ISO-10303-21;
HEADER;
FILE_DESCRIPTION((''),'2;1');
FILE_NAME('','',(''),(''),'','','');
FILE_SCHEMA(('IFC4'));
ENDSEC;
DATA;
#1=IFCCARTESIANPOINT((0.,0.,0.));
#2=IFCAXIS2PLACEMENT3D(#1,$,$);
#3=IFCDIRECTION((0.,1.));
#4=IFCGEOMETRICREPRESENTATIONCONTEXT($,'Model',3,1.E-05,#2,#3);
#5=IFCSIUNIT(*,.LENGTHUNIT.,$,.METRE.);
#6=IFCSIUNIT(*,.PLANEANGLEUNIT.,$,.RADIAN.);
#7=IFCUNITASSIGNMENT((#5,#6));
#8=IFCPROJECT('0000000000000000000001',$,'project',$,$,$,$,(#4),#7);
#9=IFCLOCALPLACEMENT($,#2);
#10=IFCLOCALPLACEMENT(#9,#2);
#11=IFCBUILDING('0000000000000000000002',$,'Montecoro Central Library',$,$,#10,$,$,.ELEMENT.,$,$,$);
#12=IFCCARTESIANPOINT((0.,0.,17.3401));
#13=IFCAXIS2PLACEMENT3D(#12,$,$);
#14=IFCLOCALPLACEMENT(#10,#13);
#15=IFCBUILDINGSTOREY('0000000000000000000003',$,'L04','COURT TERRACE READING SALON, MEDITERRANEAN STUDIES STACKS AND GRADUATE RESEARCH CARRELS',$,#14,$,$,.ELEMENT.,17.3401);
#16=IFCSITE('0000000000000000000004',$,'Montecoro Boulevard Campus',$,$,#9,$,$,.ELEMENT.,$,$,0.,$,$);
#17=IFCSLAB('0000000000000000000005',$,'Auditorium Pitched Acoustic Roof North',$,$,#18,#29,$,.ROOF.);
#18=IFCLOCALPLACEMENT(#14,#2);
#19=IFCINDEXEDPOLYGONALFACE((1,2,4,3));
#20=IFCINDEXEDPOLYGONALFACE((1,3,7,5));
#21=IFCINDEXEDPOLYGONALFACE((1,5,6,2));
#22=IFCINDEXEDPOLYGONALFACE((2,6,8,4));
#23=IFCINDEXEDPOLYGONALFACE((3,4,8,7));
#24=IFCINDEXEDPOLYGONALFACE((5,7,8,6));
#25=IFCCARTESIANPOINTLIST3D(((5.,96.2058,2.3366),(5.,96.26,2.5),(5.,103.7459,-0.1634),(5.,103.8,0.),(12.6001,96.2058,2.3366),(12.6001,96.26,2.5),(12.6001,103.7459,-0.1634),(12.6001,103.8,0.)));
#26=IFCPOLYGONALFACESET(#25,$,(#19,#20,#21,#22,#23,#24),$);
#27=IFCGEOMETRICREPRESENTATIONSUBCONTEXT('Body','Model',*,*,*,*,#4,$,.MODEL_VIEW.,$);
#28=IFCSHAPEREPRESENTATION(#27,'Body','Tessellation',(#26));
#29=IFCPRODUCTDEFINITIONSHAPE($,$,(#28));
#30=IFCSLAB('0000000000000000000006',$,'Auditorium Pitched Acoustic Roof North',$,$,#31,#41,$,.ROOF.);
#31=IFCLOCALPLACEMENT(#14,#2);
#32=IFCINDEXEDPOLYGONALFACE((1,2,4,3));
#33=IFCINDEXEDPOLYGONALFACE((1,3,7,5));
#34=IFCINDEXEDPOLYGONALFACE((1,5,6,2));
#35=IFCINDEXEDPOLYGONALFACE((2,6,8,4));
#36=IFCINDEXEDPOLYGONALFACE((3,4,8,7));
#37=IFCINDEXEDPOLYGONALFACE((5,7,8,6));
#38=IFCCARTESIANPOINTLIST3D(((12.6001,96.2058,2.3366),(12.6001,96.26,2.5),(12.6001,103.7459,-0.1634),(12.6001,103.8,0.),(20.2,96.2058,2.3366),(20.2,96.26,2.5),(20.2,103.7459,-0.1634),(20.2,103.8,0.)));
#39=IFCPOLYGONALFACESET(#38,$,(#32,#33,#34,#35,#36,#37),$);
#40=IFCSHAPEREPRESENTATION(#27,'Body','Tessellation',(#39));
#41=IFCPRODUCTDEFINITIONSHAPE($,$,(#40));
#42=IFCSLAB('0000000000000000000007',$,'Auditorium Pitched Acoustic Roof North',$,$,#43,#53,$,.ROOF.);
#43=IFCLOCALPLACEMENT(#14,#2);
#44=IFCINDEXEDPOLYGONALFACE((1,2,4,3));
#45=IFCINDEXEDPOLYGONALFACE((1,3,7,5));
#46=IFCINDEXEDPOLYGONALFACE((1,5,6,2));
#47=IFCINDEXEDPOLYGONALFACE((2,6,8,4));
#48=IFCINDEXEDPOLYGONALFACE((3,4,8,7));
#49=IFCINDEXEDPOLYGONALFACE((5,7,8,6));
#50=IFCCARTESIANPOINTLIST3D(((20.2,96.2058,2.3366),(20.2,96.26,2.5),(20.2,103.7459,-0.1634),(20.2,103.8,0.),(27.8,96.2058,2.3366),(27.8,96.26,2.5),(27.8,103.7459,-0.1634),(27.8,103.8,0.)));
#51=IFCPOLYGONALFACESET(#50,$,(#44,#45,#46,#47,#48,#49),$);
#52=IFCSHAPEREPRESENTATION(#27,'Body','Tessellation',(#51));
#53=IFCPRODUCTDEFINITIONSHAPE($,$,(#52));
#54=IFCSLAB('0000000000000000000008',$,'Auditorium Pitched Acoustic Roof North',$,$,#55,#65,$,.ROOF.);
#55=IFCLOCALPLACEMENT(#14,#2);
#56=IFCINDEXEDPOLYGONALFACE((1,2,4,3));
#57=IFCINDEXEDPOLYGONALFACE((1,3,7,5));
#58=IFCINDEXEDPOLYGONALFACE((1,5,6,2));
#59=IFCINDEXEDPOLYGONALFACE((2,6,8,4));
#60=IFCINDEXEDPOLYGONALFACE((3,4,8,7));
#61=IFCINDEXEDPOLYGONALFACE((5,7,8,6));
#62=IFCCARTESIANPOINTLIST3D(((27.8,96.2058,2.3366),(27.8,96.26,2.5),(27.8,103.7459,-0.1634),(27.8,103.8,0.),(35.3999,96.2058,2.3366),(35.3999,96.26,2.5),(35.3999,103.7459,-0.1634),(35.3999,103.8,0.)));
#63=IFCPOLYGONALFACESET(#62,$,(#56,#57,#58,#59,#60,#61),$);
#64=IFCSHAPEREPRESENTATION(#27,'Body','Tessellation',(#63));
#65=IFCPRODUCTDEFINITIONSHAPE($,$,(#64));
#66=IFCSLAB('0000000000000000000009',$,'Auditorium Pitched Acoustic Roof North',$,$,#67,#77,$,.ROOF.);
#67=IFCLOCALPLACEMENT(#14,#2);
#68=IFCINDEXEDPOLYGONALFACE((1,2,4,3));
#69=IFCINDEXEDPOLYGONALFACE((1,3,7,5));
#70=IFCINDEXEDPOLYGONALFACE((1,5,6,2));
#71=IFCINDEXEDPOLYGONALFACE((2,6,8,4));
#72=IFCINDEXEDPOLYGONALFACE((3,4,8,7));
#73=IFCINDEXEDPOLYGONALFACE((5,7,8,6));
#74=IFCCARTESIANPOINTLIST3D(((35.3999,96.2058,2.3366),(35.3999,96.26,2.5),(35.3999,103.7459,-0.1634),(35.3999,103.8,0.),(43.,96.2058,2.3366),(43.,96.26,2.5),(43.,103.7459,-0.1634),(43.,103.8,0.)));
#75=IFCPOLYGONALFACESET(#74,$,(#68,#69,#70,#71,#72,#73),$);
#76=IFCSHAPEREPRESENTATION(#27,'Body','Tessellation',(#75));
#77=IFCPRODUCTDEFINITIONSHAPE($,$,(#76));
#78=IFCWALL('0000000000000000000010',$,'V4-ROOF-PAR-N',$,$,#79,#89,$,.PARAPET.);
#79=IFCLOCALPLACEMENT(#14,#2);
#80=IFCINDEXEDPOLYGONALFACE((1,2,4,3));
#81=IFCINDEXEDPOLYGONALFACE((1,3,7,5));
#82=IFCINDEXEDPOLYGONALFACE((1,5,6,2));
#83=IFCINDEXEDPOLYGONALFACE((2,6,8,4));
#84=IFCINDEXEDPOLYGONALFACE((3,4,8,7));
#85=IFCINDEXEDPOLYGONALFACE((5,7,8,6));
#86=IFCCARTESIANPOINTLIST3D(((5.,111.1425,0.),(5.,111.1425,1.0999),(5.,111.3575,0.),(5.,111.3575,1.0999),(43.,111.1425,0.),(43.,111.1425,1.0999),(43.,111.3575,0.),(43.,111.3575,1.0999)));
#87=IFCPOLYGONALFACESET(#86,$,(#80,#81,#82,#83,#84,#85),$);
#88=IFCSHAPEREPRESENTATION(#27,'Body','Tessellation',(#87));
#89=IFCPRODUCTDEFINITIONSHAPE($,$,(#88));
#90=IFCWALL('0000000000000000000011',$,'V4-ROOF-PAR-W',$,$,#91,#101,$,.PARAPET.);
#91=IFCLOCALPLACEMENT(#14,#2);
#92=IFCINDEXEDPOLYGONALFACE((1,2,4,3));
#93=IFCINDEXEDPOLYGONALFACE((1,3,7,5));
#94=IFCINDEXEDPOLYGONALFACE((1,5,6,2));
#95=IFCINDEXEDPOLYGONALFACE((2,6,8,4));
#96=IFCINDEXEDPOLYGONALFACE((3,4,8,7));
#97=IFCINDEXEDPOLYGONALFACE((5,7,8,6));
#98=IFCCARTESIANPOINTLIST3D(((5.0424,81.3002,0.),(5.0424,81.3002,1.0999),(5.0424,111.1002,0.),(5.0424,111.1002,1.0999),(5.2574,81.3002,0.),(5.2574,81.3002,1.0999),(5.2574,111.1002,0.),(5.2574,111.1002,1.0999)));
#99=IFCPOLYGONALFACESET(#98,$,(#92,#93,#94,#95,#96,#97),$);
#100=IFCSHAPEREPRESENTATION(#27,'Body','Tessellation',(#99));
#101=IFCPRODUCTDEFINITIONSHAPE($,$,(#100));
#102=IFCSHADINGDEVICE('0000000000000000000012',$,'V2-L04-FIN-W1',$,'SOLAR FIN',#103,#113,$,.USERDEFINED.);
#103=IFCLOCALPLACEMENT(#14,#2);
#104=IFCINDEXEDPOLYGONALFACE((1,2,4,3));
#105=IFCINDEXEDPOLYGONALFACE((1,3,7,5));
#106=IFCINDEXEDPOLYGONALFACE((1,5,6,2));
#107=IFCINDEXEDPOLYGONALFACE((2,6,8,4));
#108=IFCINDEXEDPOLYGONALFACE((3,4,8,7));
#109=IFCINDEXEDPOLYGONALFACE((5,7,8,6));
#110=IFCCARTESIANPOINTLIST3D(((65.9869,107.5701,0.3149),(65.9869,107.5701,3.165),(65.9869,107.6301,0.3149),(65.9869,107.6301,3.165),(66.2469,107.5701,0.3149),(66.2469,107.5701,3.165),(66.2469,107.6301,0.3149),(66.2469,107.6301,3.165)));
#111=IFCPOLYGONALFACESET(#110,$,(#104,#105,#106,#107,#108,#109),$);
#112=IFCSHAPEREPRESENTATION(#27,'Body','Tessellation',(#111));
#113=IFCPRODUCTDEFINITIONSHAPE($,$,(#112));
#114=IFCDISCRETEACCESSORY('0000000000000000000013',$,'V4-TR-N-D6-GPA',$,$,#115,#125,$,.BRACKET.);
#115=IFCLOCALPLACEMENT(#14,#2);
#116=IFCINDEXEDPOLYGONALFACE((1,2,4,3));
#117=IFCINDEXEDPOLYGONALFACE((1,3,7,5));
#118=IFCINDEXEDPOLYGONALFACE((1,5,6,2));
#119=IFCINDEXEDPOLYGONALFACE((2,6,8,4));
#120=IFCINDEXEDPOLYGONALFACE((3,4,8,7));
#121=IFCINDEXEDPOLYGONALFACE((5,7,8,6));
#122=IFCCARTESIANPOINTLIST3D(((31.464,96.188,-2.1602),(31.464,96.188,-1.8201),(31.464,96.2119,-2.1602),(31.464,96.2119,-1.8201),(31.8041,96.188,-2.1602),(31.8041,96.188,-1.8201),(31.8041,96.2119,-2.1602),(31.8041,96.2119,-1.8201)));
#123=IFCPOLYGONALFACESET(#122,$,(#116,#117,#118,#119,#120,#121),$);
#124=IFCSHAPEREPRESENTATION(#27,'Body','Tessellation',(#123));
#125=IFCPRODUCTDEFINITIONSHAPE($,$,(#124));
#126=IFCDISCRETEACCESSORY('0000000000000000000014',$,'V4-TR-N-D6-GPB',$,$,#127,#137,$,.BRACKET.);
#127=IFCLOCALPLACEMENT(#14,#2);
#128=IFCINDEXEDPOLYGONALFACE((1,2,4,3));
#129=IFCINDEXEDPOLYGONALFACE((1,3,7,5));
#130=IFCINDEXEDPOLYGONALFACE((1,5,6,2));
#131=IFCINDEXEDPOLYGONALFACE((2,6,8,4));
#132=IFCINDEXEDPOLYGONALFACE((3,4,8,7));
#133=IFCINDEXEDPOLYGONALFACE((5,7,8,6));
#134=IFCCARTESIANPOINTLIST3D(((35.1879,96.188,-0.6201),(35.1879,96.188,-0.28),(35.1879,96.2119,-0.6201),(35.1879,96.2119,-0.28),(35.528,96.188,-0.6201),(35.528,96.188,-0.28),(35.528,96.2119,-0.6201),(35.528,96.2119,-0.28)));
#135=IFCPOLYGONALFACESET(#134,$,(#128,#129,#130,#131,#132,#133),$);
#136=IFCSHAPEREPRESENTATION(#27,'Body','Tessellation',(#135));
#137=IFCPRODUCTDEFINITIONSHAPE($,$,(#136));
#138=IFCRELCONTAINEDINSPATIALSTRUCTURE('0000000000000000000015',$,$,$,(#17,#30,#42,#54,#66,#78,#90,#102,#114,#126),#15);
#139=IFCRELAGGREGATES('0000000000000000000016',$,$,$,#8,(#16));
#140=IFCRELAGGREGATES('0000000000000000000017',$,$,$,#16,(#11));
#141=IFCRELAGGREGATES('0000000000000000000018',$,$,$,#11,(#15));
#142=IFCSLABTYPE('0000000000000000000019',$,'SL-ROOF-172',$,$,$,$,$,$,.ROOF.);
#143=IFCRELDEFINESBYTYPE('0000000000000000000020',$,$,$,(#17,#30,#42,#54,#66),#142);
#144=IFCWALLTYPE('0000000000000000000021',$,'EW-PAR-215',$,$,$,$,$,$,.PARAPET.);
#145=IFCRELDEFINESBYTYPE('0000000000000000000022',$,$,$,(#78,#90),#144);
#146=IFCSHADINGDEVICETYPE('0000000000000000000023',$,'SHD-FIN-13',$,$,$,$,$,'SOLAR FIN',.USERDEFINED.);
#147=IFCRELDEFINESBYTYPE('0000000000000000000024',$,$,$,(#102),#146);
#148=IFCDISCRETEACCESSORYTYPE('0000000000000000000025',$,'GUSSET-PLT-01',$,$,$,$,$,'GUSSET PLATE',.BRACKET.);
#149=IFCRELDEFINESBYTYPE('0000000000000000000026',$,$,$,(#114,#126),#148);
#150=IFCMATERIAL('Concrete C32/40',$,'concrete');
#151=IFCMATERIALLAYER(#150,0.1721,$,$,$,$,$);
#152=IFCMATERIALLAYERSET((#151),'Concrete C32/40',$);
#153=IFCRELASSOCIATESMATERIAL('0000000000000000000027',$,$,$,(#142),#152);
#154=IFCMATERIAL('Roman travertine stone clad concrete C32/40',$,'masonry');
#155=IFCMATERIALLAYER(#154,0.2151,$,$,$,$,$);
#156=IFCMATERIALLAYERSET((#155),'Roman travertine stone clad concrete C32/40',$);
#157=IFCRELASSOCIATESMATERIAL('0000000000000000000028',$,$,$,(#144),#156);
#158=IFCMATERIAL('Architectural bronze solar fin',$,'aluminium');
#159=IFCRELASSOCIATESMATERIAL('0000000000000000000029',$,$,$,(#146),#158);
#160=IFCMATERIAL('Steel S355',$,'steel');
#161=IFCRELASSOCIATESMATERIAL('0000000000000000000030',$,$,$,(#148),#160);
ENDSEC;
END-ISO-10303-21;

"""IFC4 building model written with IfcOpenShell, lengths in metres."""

from ifc_helpers import new_model, si_unit, direction, frame, frame_2d, origin, origin_2d, place, context, subcontext, project, spatial, polyline, rectangle, outline, extrude, material, layer, layer_set, type_object, element, save


model = new_model("IFC4")

# Units and contexts
model_context = context("Model", 3, precision=1e-05, world=origin(), true_north=direction((0.0, 1.0)))
body_context = subcontext(model_context, "Body", "Model", "MODEL_VIEW")
ifc_project = project(units=[si_unit("LENGTHUNIT", "METRE"), si_unit("PLANEANGLEUNIT", "RADIAN")], contexts=[model_context])

# Site, building, storey
site_placement = place(None, origin())
site = spatial("IfcSite", under=ifc_project, at=site_placement, Name="Montecoro Boulevard Campus", CompositionType="ELEMENT", RefElevation=0.0)
building_placement = place(site_placement, origin())
building = spatial("IfcBuilding", under=site, at=building_placement, Name="Montecoro Central Library", CompositionType="ELEMENT")
storey_placement = place(building_placement, frame((0.0, 0.0, 17.3401)))
storey = spatial("IfcBuildingStorey", under=building, at=storey_placement, Name="L04", Description="COURT TERRACE READING SALON, MEDITERRANEAN STUDIES STACKS AND GRADUATE RESEARCH CARRELS", CompositionType="ELEMENT", Elevation=17.3401)

# Shared definitions
ifc_material_1 = material(Name="Steel S355", Category="steel")

# Slabs
ifc_material_2 = material(Name="Concrete C32/40", Category="concrete")
ifc_layer_1 = layer(ifc_material_2, 0.1721)
ifc_layer_set_1 = layer_set([ifc_layer_1], Name="Concrete C32/40")
slab_type = type_object("IfcSlabType", Name="SL-ROOF-172", PredefinedType="ROOF", material=ifc_layer_set_1)
slab_1_placement = place(storey_placement, frame((12.6001, 103.8, 0.0), z_axis=(0.0, 0.314715, 0.949186), x_axis=(-1.0, 0.0, 0.0)))
element("IfcSlab", 1, at=slab_1_placement, inside=storey, type_object=slab_type, Name="Auditorium Pitched Acoustic Roof North", PredefinedType="ROOF", context=body_context, shape_type="SweptSolid", body=[
    extrude(outline(polyline([(0.0, 0.0), (7.6001, 0.0), (7.6001, 7.9437), (0.0, 7.9437), (0.0, 0.0)])), origin(), (0.0, 0.0, -1.0), 0.1721),
])
slab_2_placement = place(storey_placement, frame((20.2, 103.8, 0.0), z_axis=(0.0, 0.314715, 0.949186), x_axis=(-1.0, 0.0, 0.0)))
element("IfcSlab", 2, at=slab_2_placement, inside=storey, type_object=slab_type, Name="Auditorium Pitched Acoustic Roof North", PredefinedType="ROOF", context=body_context, shape_type="SweptSolid", body=[
    extrude(outline(polyline([(0.0, 0.0), (7.5999, 0.0), (7.5999, 7.9437), (0.0, 7.9437), (0.0, 0.0)])), origin(), (0.0, 0.0, -1.0), 0.1721),
])
slab_3_placement = place(storey_placement, frame((27.8, 103.8, 0.0), z_axis=(0.0, 0.314715, 0.949186), x_axis=(-1.0, 0.0, 0.0)))
element("IfcSlab", 3, at=slab_3_placement, inside=storey, type_object=slab_type, Name="Auditorium Pitched Acoustic Roof North", PredefinedType="ROOF", context=body_context, shape_type="SweptSolid", body=[
    extrude(outline(polyline([(0.0, 0.0), (7.6001, 0.0), (7.6001, 7.9437), (0.0, 7.9437), (0.0, 0.0)])), origin(), (0.0, 0.0, -1.0), 0.1721),
])
slab_4_placement = place(storey_placement, frame((35.3999, 103.8, 0.0), z_axis=(0.0, 0.314715, 0.949186), x_axis=(-1.0, 0.0, 0.0)))
element("IfcSlab", 4, at=slab_4_placement, inside=storey, type_object=slab_type, Name="Auditorium Pitched Acoustic Roof North", PredefinedType="ROOF", context=body_context, shape_type="SweptSolid", body=[
    extrude(outline(polyline([(0.0, 0.0), (7.5999, 0.0), (7.5999, 7.9437), (0.0, 7.9437), (0.0, 0.0)])), origin(), (0.0, 0.0, -1.0), 0.1721),
])
slab_5_placement = place(storey_placement, frame((43.0, 103.8, 0.0), z_axis=(0.0, 0.314715, 0.949186), x_axis=(-1.0, 0.0, 0.0)))
element("IfcSlab", 5, at=slab_5_placement, inside=storey, type_object=slab_type, Name="Auditorium Pitched Acoustic Roof North", PredefinedType="ROOF", context=body_context, shape_type="SweptSolid", body=[
    extrude(outline(polyline([(0.0, 0.0), (7.6001, 0.0), (7.6001, 7.9437), (0.0, 7.9437), (0.0, 0.0)])), origin(), (0.0, 0.0, -1.0), 0.1721),
])

# Walls
ifc_material_3 = material(Name="Roman travertine stone clad concrete C32/40", Category="masonry")
ifc_layer_2 = layer(ifc_material_3, 0.2151)
ifc_layer_set_2 = layer_set([ifc_layer_2], Name="Roman travertine stone clad concrete C32/40")
wall_type = type_object("IfcWallType", Name="EW-PAR-215", PredefinedType="PARAPET", material=ifc_layer_set_2)
wall_1_placement = place(storey_placement, frame((43.0, 111.25, 0.0), z_axis=(0.0, 0.0, 1.0), x_axis=(-1.0, 0.0, 0.0)))
element("IfcWall", 6, at=wall_1_placement, inside=storey, type_object=wall_type, Name="V4-ROOF-PAR-N", PredefinedType="PARAPET", context=body_context, shape_type="SweptSolid", body=[
    extrude(rectangle(XDim=38.0, YDim=0.2151, at=frame_2d((19.0, 0.0))), origin(), (0.0, 0.0, 1.0), 1.0999),
])
wall_2_placement = place(storey_placement, frame((5.1499, 111.1001, 0.0), z_axis=(0.0, 0.0, 1.0), x_axis=(0.0, -1.0, 0.0)))
element("IfcWall", 7, at=wall_2_placement, inside=storey, type_object=wall_type, Name="V4-ROOF-PAR-W", PredefinedType="PARAPET", context=body_context, shape_type="SweptSolid", body=[
    extrude(rectangle(XDim=29.8, YDim=0.2151, at=frame_2d((14.8999, 0.0))), origin(), (0.0, 0.0, 1.0), 1.0999),
])

# Shading device
ifc_material_4 = material(Name="Architectural bronze solar fin", Category="aluminium")
shading_device_type = type_object("IfcShadingDeviceType", Name="SHD-FIN-13", ElementType="SOLAR FIN", PredefinedType="USERDEFINED", material=ifc_material_4)
shading_device_placement = place(storey_placement, frame((66.1169, 107.6001, 0.3149), z_axis=(0.0, 0.0, 1.0), x_axis=(0.0, -1.0, 0.0)))
element("IfcShadingDevice", 8, at=shading_device_placement, inside=storey, type_object=shading_device_type, Name="V2-L04-FIN-W1", ObjectType="SOLAR FIN", PredefinedType="USERDEFINED", context=body_context, shape_type="SweptSolid", body=[
    extrude(rectangle(XDim=0.0601, YDim=0.26, at=origin_2d()), origin(), (0.0, 0.0, 1.0), 2.8501),
])

# Discrete accessories
discrete_accessory_type = type_object("IfcDiscreteAccessoryType", Name="GUSSET-PLT-01", ElementType="GUSSET PLATE", PredefinedType="BRACKET", material=ifc_material_1)
for number, where, z_axis, x_axis, name in (
    (9, (31.634, 96.2, -2.1602), (0.0, 0.0, 1.0), (1.0, 0.0, 0.0), "V4-TR-N-D6-GPA"),
    (10, (35.3579, 96.2, -0.6201), (0.0, 0.0, 1.0), (1.0, 0.0, 0.0), "V4-TR-N-D6-GPB"),
):
    element("IfcDiscreteAccessory", number, at=place(storey_placement, frame(where, z_axis=z_axis, x_axis=x_axis)), inside=storey, type_object=discrete_accessory_type, Name=name, PredefinedType="BRACKET", context=body_context, shape_type="SweptSolid", body=[
        extrude(rectangle(XDim=0.3401, YDim=0.0239, at=origin_2d()), origin(), (0.0, 0.0, 1.0), 0.3401),
    ])

save(model, "model.ifc")
